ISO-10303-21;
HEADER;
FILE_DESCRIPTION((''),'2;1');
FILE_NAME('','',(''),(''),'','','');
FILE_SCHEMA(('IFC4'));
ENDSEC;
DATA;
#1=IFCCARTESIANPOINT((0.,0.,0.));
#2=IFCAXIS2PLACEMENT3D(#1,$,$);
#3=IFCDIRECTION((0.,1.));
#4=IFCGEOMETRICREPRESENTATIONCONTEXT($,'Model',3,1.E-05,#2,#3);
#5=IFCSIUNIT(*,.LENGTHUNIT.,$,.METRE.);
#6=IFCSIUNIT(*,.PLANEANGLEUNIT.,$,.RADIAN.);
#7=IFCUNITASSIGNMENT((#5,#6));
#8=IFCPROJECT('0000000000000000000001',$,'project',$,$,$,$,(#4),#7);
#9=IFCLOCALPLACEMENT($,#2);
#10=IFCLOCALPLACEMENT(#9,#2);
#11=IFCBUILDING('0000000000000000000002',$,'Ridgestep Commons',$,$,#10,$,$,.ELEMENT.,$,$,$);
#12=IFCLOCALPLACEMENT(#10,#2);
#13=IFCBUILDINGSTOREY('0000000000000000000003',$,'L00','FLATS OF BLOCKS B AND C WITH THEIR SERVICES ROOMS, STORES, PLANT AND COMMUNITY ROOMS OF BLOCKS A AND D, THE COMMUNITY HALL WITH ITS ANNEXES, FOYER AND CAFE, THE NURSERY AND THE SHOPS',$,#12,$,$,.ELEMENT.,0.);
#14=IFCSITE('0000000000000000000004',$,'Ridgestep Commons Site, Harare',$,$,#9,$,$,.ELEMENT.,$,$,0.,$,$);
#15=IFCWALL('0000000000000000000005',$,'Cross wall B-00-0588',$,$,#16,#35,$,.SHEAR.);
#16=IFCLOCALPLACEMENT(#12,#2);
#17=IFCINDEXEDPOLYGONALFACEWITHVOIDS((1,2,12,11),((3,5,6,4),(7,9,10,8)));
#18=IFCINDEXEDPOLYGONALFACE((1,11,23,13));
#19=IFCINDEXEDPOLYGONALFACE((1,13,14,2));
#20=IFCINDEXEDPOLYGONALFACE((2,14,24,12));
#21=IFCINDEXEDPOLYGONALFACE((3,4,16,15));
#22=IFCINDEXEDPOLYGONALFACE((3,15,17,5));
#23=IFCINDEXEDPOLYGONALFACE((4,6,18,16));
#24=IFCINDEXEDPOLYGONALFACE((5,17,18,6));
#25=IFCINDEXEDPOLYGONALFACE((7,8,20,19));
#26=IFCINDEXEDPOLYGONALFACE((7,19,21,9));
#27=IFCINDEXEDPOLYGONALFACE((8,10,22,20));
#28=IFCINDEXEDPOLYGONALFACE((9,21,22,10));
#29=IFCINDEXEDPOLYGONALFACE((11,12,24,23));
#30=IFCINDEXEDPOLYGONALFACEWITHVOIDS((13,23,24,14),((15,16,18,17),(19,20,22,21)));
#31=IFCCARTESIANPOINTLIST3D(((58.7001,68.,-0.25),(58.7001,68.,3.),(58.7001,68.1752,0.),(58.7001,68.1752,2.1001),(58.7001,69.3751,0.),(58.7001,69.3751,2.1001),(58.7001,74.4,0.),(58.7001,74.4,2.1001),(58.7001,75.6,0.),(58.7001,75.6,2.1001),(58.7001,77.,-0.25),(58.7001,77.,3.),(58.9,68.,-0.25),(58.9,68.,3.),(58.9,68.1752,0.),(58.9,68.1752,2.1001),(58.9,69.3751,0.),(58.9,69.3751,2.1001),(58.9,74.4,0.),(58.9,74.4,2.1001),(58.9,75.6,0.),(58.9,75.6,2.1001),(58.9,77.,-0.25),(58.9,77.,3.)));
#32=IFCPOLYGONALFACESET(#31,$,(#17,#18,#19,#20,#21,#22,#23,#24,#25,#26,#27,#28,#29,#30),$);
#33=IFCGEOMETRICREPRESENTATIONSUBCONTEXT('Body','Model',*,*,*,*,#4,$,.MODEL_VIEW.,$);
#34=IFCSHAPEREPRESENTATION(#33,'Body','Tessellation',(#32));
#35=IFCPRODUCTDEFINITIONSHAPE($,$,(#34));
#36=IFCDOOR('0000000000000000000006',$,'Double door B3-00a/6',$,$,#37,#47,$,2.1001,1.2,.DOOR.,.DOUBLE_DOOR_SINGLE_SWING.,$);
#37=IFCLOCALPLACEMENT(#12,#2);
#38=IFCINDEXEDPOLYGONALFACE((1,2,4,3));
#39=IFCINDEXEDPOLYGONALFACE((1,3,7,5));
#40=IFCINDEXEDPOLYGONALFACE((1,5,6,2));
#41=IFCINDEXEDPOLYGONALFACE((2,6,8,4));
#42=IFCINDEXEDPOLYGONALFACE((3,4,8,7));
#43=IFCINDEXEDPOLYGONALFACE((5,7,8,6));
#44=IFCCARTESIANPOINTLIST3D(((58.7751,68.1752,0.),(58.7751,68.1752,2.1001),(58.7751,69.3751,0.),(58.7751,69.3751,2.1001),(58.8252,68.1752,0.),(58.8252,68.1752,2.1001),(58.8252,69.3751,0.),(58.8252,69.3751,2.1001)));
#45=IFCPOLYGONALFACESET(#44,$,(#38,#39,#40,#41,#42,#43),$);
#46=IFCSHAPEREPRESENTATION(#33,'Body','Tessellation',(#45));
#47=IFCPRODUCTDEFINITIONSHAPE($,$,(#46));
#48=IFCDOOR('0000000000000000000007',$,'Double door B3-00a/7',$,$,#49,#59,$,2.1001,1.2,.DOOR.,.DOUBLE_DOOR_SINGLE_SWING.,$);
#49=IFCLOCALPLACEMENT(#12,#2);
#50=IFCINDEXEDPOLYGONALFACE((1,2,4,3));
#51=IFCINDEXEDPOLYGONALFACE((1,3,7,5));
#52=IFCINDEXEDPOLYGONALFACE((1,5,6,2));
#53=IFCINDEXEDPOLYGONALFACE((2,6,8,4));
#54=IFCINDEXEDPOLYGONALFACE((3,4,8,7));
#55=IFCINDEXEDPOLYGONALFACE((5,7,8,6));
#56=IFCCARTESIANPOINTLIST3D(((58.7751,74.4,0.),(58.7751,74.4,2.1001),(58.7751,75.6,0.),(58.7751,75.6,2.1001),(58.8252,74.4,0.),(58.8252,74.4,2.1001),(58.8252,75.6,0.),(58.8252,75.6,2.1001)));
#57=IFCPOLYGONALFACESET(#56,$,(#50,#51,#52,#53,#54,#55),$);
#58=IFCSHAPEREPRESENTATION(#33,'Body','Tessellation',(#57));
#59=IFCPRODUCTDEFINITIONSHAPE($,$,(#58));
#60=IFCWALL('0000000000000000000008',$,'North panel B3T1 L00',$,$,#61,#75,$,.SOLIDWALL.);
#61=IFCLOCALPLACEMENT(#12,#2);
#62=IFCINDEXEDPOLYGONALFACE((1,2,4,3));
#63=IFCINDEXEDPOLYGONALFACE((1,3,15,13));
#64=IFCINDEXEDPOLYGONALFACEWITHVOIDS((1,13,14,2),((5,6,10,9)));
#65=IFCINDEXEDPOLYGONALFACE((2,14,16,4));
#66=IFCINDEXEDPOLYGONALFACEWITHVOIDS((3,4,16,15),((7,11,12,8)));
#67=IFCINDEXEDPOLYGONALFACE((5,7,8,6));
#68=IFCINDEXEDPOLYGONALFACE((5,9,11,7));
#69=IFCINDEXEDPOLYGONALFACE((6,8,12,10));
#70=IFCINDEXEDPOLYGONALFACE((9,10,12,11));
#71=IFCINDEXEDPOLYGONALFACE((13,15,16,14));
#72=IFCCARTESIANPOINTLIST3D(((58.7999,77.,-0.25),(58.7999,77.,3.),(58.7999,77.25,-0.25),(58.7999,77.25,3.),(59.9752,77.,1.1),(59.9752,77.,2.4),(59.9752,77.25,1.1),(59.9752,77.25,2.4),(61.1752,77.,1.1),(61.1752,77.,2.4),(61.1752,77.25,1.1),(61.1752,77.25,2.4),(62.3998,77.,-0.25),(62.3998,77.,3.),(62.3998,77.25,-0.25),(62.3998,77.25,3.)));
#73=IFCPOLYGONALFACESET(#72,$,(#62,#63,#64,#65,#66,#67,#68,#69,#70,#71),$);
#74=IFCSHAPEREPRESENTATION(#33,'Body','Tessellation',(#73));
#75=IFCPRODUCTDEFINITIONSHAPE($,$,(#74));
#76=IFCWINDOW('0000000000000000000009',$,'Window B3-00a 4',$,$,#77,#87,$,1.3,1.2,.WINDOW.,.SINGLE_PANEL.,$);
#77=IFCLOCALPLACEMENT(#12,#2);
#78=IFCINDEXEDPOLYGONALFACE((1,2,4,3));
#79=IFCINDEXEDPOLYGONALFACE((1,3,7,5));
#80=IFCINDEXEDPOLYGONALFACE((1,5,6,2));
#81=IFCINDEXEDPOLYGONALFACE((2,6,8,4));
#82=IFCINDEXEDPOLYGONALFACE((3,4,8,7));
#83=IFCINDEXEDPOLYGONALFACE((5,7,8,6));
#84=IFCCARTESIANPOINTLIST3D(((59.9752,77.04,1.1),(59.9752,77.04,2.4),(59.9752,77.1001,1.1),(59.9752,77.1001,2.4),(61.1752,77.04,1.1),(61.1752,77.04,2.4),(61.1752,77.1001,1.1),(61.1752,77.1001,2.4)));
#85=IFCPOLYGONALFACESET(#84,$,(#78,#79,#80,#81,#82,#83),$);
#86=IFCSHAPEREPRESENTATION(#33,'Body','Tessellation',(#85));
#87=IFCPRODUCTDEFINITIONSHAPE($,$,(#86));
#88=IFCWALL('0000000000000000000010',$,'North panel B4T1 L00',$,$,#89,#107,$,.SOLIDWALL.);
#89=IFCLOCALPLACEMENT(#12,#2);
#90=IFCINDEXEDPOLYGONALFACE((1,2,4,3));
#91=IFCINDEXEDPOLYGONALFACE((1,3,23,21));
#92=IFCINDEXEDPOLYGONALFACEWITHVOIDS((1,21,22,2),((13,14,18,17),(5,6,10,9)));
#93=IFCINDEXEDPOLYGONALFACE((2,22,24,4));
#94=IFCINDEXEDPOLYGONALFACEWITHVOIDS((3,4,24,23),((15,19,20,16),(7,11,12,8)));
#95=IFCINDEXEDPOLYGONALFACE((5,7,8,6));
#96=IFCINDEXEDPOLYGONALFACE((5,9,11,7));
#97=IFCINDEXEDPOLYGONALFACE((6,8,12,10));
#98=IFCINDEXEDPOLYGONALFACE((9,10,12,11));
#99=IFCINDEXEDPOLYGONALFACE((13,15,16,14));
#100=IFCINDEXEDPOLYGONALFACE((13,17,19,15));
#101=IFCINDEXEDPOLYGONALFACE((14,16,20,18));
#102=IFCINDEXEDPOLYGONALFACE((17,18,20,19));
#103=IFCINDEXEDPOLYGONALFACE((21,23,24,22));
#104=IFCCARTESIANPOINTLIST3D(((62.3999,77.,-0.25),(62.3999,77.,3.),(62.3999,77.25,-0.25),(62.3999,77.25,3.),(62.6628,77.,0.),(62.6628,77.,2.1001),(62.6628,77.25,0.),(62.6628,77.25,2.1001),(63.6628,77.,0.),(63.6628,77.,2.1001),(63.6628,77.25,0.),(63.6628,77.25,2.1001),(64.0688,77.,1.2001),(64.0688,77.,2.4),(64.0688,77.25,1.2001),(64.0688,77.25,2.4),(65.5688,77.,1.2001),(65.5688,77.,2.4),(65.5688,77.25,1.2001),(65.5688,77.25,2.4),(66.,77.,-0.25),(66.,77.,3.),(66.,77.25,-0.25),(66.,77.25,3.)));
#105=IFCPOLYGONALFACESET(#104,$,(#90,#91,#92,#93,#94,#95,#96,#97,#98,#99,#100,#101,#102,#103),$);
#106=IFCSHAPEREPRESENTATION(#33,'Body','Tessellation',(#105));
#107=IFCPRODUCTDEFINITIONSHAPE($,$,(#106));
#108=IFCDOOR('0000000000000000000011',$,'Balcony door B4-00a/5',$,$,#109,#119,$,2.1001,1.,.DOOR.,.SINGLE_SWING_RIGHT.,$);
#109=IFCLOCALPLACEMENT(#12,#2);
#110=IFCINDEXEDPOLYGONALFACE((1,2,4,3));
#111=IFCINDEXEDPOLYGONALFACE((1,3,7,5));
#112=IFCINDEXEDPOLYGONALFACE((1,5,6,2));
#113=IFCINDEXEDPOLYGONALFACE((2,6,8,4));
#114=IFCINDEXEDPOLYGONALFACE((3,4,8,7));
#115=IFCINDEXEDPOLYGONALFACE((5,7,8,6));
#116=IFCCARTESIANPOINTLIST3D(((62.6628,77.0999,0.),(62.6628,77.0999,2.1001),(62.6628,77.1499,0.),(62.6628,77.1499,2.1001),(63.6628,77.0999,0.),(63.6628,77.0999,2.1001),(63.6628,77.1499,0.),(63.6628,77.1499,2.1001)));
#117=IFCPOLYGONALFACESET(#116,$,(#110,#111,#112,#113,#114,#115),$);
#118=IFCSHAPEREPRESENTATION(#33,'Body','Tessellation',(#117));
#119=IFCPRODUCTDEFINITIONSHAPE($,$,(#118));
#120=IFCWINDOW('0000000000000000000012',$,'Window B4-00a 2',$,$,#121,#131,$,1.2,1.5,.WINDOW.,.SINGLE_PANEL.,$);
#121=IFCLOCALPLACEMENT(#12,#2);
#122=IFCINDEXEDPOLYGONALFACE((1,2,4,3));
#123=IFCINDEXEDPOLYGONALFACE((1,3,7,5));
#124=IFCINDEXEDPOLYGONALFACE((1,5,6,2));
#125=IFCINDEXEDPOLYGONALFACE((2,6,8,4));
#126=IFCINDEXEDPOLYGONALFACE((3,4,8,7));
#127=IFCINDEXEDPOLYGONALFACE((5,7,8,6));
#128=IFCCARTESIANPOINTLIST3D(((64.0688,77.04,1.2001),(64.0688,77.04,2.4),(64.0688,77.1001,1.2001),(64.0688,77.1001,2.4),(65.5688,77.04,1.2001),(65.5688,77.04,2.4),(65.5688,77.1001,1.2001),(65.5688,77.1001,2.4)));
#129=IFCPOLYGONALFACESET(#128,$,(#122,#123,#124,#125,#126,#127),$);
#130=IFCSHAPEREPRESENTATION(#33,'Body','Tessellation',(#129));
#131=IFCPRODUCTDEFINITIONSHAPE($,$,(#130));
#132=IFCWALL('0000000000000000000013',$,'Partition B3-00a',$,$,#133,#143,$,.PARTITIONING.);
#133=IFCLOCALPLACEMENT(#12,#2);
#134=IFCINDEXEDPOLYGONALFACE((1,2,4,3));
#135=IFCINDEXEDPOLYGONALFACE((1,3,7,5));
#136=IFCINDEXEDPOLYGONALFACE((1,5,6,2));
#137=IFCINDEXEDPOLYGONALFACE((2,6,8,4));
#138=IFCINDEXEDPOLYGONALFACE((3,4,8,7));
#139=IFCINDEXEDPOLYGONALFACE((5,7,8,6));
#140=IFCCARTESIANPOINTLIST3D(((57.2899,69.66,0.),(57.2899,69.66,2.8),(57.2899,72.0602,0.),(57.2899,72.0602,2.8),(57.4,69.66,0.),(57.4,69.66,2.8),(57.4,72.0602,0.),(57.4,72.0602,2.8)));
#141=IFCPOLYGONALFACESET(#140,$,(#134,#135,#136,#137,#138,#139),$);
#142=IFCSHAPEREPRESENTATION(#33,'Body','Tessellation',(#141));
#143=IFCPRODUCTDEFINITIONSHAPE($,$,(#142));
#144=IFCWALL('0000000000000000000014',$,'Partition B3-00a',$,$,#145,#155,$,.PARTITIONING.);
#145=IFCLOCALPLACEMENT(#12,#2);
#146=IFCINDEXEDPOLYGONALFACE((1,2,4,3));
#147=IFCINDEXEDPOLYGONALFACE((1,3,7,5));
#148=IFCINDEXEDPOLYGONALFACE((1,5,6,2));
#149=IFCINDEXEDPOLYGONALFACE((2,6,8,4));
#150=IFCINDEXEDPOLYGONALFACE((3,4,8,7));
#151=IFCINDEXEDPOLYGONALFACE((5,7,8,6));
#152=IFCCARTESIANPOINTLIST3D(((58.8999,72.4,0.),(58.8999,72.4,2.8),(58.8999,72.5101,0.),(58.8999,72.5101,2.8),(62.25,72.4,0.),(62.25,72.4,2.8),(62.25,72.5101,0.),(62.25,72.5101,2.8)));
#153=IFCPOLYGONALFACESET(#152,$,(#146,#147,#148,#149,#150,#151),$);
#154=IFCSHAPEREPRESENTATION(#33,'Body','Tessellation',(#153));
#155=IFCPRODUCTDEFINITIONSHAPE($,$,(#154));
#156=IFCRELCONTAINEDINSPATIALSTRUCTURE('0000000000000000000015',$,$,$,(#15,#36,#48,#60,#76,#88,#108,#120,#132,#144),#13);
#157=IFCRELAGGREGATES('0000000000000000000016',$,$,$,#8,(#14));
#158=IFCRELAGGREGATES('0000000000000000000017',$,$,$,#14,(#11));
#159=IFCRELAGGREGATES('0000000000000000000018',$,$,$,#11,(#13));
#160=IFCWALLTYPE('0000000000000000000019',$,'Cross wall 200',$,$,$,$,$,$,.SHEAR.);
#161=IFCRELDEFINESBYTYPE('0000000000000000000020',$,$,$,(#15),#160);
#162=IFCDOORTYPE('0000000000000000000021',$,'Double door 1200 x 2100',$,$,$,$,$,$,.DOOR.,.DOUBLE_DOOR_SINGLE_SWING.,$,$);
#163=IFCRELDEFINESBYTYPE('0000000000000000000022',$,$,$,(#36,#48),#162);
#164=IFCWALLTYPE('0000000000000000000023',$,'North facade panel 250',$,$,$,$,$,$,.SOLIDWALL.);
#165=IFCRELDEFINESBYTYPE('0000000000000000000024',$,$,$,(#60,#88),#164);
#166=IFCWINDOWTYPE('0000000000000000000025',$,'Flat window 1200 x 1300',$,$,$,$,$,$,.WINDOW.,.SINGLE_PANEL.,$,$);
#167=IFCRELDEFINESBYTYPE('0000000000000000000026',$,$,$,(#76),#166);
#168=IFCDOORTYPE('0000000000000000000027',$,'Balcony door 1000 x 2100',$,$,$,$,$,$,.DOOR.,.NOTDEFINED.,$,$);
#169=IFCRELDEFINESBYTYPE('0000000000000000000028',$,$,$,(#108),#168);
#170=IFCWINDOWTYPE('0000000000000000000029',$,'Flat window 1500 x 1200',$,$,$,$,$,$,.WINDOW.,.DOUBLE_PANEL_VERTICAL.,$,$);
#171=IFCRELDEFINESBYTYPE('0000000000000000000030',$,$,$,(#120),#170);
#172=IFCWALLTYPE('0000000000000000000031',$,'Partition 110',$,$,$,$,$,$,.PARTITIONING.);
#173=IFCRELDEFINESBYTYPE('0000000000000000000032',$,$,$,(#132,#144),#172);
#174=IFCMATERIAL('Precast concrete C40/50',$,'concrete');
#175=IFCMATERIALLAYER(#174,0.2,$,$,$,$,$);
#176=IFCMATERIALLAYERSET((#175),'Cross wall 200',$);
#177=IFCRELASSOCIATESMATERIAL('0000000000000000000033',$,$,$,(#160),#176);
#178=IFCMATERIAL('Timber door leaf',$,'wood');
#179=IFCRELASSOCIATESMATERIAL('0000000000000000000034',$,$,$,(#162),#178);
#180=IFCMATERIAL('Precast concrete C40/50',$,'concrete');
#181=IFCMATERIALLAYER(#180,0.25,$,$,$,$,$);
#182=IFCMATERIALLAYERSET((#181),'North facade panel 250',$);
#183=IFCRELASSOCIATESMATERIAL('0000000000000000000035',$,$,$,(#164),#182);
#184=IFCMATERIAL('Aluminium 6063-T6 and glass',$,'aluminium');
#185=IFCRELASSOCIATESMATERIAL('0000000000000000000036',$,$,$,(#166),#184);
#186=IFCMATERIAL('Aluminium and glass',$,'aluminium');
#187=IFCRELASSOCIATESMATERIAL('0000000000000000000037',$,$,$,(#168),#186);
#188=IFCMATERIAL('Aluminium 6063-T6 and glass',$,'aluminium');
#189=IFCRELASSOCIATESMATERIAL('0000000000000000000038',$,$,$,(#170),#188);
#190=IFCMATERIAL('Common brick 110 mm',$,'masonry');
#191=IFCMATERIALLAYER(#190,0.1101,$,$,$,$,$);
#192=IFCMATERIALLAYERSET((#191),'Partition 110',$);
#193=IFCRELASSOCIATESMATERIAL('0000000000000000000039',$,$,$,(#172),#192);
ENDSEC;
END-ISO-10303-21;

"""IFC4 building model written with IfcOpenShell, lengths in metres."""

from ifc_helpers import new_model, si_unit, direction, frame, frame_2d, origin, place, context, subcontext, project, spatial, rectangle, extrude, material, layer, layer_set, type_object, element, fill, save


model = new_model("IFC4")

# Units and contexts
model_context = context("Model", 3, precision=1e-05, world=origin(), true_north=direction((0.0, 1.0)))
body_context = subcontext(model_context, "Body", "Model", "MODEL_VIEW")
ifc_project = project(units=[si_unit("LENGTHUNIT", "METRE"), si_unit("PLANEANGLEUNIT", "RADIAN")], contexts=[model_context])

# Site, building, storey
site_placement = place(None, origin())
site = spatial("IfcSite", under=ifc_project, at=site_placement, Name="Ridgestep Commons Site, Harare", CompositionType="ELEMENT", RefElevation=0.0)
building_placement = place(site_placement, origin())
building = spatial("IfcBuilding", under=site, at=building_placement, Name="Ridgestep Commons", CompositionType="ELEMENT")
storey_placement = place(building_placement, origin())
storey = spatial("IfcBuildingStorey", under=building, at=storey_placement, Name="L00", Description="FLATS OF BLOCKS B AND C WITH THEIR SERVICES ROOMS, STORES, PLANT AND COMMUNITY ROOMS OF BLOCKS A AND D, THE COMMUNITY HALL WITH ITS ANNEXES, FOYER AND CAFE, THE NURSERY AND THE SHOPS", CompositionType="ELEMENT", Elevation=0.0)

# Wall, openings, doors
ifc_material_1 = material(Name="Precast concrete C40/50", Category="concrete")
ifc_layer_1 = layer(ifc_material_1, 0.2)
ifc_layer_set_1 = layer_set([ifc_layer_1], Name="Cross wall 200")
wall_type_1 = type_object("IfcWallType", Name="Cross wall 200", PredefinedType="SHEAR", material=ifc_layer_set_1)
wall_1_placement = place(storey_placement, frame((58.8, 68.0, -0.25), z_axis=(0.0, 0.0, 1.0), x_axis=(0.0, 1.0, 0.0)))
wall_1 = element("IfcWall", 1, at=wall_1_placement, inside=storey, type_object=wall_type_1, Name="Cross wall B-00-0588", PredefinedType="SHEAR", context=body_context, shape_type="SweptSolid", body=[
    extrude(rectangle(XDim=9.0, YDim=0.2, at=frame_2d((4.5, 0.0))), origin(), (0.0, 0.0, 1.0), 3.25),
])
opening_1_placement = place(wall_1_placement, frame((0.175, 0.0, 0.25)))
opening_1 = element("IfcOpeningElement", 2, at=opening_1_placement, cuts=wall_1, PredefinedType="OPENING", context=body_context, shape_type="SweptSolid", body=[
    extrude(rectangle(XDim=1.2, YDim=2.1001, at=frame_2d((0.6001, 1.05))), frame((0.0, 0.1099, 0.0), z_axis=(0.0, -1.0, 0.0), x_axis=(1.0, 0.0, 0.0)), (0.0, 0.0, 1.0), 0.22),
])
opening_2_placement = place(wall_1_placement, frame((6.3999, 0.0, 0.25)))
opening_2 = element("IfcOpeningElement", 3, at=opening_2_placement, cuts=wall_1, PredefinedType="OPENING", context=body_context, shape_type="SweptSolid", body=[
    extrude(rectangle(XDim=1.2, YDim=2.1001, at=frame_2d((0.6001, 1.05))), frame((0.0, 0.1099, 0.0), z_axis=(0.0, -1.0, 0.0), x_axis=(1.0, 0.0, 0.0)), (0.0, 0.0, 1.0), 0.22),
])
ifc_material_2 = material(Name="Timber door leaf", Category="wood")
door_type_1 = type_object("IfcDoorType", Name="Double door 1200 x 2100", OperationType="DOUBLE_DOOR_SINGLE_SWING", PredefinedType="DOOR", material=ifc_material_2)
door_1_placement = place(opening_1_placement, origin())
door_1 = element("IfcDoor", 4, at=door_1_placement, inside=storey, type_object=door_type_1, Name="Double door B3-00a/6", OperationType="DOUBLE_DOOR_SINGLE_SWING", OverallHeight=2.1001, OverallWidth=1.2, PredefinedType="DOOR", context=body_context, shape_type="SweptSolid", body=[
    extrude(rectangle(XDim=1.2, YDim=2.1001, at=frame_2d((0.6001, 1.05))), frame((0.0, 0.0249, 0.0), z_axis=(0.0, -1.0, 0.0), x_axis=(1.0, 0.0, 0.0)), (0.0, 0.0, 1.0), 0.05),
])
fill(opening_1, door_1)
door_2_placement = place(opening_2_placement, origin())
door_2 = element("IfcDoor", 5, at=door_2_placement, inside=storey, type_object=door_type_1, Name="Double door B3-00a/7", OperationType="DOUBLE_DOOR_SINGLE_SWING", OverallHeight=2.1001, OverallWidth=1.2, PredefinedType="DOOR", context=body_context, shape_type="SweptSolid", body=[
    extrude(rectangle(XDim=1.2, YDim=2.1001, at=frame_2d((0.6001, 1.05))), frame((0.0, 0.0249, 0.0), z_axis=(0.0, -1.0, 0.0), x_axis=(1.0, 0.0, 0.0)), (0.0, 0.0, 1.0), 0.05),
])
fill(opening_2, door_2)

# Wall, opening, window
ifc_material_3 = material(Name="Precast concrete C40/50", Category="concrete")
ifc_layer_2 = layer(ifc_material_3, 0.25)
ifc_layer_set_2 = layer_set([ifc_layer_2], Name="North facade panel 250")
wall_type_2 = type_object("IfcWallType", Name="North facade panel 250", PredefinedType="SOLIDWALL", material=ifc_layer_set_2)
wall_2_placement = place(storey_placement, frame((58.8, 77.125, -0.25), z_axis=(0.0, 0.0, 1.0), x_axis=(1.0, 0.0, 0.0)))
wall_2 = element("IfcWall", 6, at=wall_2_placement, inside=storey, type_object=wall_type_2, Name="North panel B3T1 L00", PredefinedType="SOLIDWALL", context=body_context, shape_type="SweptSolid", body=[
    extrude(rectangle(XDim=3.5999, YDim=0.25, at=frame_2d((1.7998, 0.0))), origin(), (0.0, 0.0, 1.0), 3.25),
])
opening_3_placement = place(wall_2_placement, frame((1.175, 0.0, 1.3501)))
opening_3 = element("IfcOpeningElement", 7, at=opening_3_placement, cuts=wall_2, PredefinedType="OPENING", context=body_context, shape_type="SweptSolid", body=[
    extrude(rectangle(XDim=1.2, YDim=1.3, at=frame_2d((0.6001, 0.6499))), frame((0.0, 0.135, 0.0), z_axis=(0.0, -1.0, 0.0), x_axis=(1.0, 0.0, 0.0)), (0.0, 0.0, 1.0), 0.27),
])
ifc_material_4 = material(Name="Aluminium 6063-T6 and glass", Category="aluminium")
window_type_1 = type_object("IfcWindowType", Name="Flat window 1200 x 1300", PartitioningType="SINGLE_PANEL", PredefinedType="WINDOW", material=ifc_material_4)
window_1_placement = place(opening_3_placement, origin())
window_1 = element("IfcWindow", 8, at=window_1_placement, inside=storey, type_object=window_type_1, Name="Window B3-00a 4", OverallHeight=1.3, OverallWidth=1.2, PartitioningType="SINGLE_PANEL", PredefinedType="WINDOW", context=body_context, shape_type="SweptSolid", body=[
    extrude(rectangle(XDim=1.2, YDim=1.3, at=frame_2d((0.6001, 0.6499))), frame((0.0, -0.0249, 0.0), z_axis=(0.0, -1.0, 0.0), x_axis=(1.0, 0.0, 0.0)), (0.0, 0.0, 1.0), 0.0601),
])
fill(opening_3, window_1)

# Wall, openings, door, window
wall_3_placement = place(storey_placement, frame((62.3999, 77.125, -0.25), z_axis=(0.0, 0.0, 1.0), x_axis=(1.0, 0.0, 0.0)))
wall_3 = element("IfcWall", 9, at=wall_3_placement, inside=storey, type_object=wall_type_2, Name="North panel B4T1 L00", PredefinedType="SOLIDWALL", context=body_context, shape_type="SweptSolid", body=[
    extrude(rectangle(XDim=3.6001, YDim=0.25, at=frame_2d((1.8, 0.0))), origin(), (0.0, 0.0, 1.0), 3.25),
])
opening_4_placement = place(wall_3_placement, frame((1.6689, 0.0, 1.45)))
opening_4 = element("IfcOpeningElement", 10, at=opening_4_placement, cuts=wall_3, PredefinedType="OPENING", context=body_context, shape_type="SweptSolid", body=[
    extrude(rectangle(XDim=1.5, YDim=1.2, at=frame_2d((0.75, 0.6001))), frame((0.0, 0.135, 0.0), z_axis=(0.0, -1.0, 0.0), x_axis=(1.0, 0.0, 0.0)), (0.0, 0.0, 1.0), 0.27),
])
opening_5_placement = place(wall_3_placement, frame((0.2629, 0.0, 0.25)))
opening_5 = element("IfcOpeningElement", 11, at=opening_5_placement, cuts=wall_3, PredefinedType="OPENING", context=body_context, shape_type="SweptSolid", body=[
    extrude(rectangle(XDim=1.0, YDim=2.1001, at=frame_2d((0.5, 1.05))), frame((0.0, 0.135, 0.0), z_axis=(0.0, -1.0, 0.0), x_axis=(1.0, 0.0, 0.0)), (0.0, 0.0, 1.0), 0.27),
])
ifc_material_5 = material(Name="Aluminium and glass", Category="aluminium")
door_type_2 = type_object("IfcDoorType", Name="Balcony door 1000 x 2100", OperationType="NOTDEFINED", PredefinedType="DOOR", material=ifc_material_5)
door_3_placement = place(opening_5_placement, origin())
door_3 = element("IfcDoor", 12, at=door_3_placement, inside=storey, type_object=door_type_2, Name="Balcony door B4-00a/5", OperationType="SINGLE_SWING_RIGHT", OverallHeight=2.1001, OverallWidth=1.0, PredefinedType="DOOR", context=body_context, shape_type="SweptSolid", body=[
    extrude(rectangle(XDim=1.0, YDim=2.1001, at=frame_2d((0.5, 1.05))), frame((0.0, 0.0249, 0.0), z_axis=(0.0, -1.0, 0.0), x_axis=(1.0, 0.0, 0.0)), (0.0, 0.0, 1.0), 0.05),
])
fill(opening_5, door_3)
ifc_material_6 = material(Name="Aluminium 6063-T6 and glass", Category="aluminium")
window_type_2 = type_object("IfcWindowType", Name="Flat window 1500 x 1200", PartitioningType="DOUBLE_PANEL_VERTICAL", PredefinedType="WINDOW", material=ifc_material_6)
window_2_placement = place(opening_4_placement, origin())
window_2 = element("IfcWindow", 13, at=window_2_placement, inside=storey, type_object=window_type_2, Name="Window B4-00a 2", OverallHeight=1.2, OverallWidth=1.5, PartitioningType="SINGLE_PANEL", PredefinedType="WINDOW", context=body_context, shape_type="SweptSolid", body=[
    extrude(rectangle(XDim=1.5, YDim=1.2, at=frame_2d((0.75, 0.6001))), frame((0.0, -0.0249, 0.0), z_axis=(0.0, -1.0, 0.0), x_axis=(1.0, 0.0, 0.0)), (0.0, 0.0, 1.0), 0.0601),
])
fill(opening_4, window_2)

# Walls
ifc_material_7 = material(Name="Common brick 110 mm", Category="masonry")
ifc_layer_3 = layer(ifc_material_7, 0.1101)
ifc_layer_set_3 = layer_set([ifc_layer_3], Name="Partition 110")
wall_type_3 = type_object("IfcWallType", Name="Partition 110", PredefinedType="PARTITIONING", material=ifc_layer_set_3)
wall_4_placement = place(storey_placement, frame((57.345, 69.6599, 0.0), z_axis=(0.0, 0.0, 1.0), x_axis=(0.0, 1.0, 0.0)))
element("IfcWall", 14, at=wall_4_placement, inside=storey, type_object=wall_type_3, Name="Partition B3-00a", PredefinedType="PARTITIONING", context=body_context, shape_type="SweptSolid", body=[
    extrude(rectangle(XDim=2.4001, YDim=0.1101, at=frame_2d((1.2002, 0.0))), origin(), (0.0, 0.0, 1.0), 2.8),
])
wall_5_placement = place(storey_placement, frame((58.8999, 72.4551, 0.0), z_axis=(0.0, 0.0, 1.0), x_axis=(1.0, 0.0, 0.0)))
element("IfcWall", 15, at=wall_5_placement, inside=storey, type_object=wall_type_3, Name="Partition B3-00a", PredefinedType="PARTITIONING", context=body_context, shape_type="SweptSolid", body=[
    extrude(rectangle(XDim=3.3501, YDim=0.1101, at=frame_2d((1.675, 0.0))), origin(), (0.0, 0.0, 1.0), 2.8),
])

save(model, "model.ifc")
